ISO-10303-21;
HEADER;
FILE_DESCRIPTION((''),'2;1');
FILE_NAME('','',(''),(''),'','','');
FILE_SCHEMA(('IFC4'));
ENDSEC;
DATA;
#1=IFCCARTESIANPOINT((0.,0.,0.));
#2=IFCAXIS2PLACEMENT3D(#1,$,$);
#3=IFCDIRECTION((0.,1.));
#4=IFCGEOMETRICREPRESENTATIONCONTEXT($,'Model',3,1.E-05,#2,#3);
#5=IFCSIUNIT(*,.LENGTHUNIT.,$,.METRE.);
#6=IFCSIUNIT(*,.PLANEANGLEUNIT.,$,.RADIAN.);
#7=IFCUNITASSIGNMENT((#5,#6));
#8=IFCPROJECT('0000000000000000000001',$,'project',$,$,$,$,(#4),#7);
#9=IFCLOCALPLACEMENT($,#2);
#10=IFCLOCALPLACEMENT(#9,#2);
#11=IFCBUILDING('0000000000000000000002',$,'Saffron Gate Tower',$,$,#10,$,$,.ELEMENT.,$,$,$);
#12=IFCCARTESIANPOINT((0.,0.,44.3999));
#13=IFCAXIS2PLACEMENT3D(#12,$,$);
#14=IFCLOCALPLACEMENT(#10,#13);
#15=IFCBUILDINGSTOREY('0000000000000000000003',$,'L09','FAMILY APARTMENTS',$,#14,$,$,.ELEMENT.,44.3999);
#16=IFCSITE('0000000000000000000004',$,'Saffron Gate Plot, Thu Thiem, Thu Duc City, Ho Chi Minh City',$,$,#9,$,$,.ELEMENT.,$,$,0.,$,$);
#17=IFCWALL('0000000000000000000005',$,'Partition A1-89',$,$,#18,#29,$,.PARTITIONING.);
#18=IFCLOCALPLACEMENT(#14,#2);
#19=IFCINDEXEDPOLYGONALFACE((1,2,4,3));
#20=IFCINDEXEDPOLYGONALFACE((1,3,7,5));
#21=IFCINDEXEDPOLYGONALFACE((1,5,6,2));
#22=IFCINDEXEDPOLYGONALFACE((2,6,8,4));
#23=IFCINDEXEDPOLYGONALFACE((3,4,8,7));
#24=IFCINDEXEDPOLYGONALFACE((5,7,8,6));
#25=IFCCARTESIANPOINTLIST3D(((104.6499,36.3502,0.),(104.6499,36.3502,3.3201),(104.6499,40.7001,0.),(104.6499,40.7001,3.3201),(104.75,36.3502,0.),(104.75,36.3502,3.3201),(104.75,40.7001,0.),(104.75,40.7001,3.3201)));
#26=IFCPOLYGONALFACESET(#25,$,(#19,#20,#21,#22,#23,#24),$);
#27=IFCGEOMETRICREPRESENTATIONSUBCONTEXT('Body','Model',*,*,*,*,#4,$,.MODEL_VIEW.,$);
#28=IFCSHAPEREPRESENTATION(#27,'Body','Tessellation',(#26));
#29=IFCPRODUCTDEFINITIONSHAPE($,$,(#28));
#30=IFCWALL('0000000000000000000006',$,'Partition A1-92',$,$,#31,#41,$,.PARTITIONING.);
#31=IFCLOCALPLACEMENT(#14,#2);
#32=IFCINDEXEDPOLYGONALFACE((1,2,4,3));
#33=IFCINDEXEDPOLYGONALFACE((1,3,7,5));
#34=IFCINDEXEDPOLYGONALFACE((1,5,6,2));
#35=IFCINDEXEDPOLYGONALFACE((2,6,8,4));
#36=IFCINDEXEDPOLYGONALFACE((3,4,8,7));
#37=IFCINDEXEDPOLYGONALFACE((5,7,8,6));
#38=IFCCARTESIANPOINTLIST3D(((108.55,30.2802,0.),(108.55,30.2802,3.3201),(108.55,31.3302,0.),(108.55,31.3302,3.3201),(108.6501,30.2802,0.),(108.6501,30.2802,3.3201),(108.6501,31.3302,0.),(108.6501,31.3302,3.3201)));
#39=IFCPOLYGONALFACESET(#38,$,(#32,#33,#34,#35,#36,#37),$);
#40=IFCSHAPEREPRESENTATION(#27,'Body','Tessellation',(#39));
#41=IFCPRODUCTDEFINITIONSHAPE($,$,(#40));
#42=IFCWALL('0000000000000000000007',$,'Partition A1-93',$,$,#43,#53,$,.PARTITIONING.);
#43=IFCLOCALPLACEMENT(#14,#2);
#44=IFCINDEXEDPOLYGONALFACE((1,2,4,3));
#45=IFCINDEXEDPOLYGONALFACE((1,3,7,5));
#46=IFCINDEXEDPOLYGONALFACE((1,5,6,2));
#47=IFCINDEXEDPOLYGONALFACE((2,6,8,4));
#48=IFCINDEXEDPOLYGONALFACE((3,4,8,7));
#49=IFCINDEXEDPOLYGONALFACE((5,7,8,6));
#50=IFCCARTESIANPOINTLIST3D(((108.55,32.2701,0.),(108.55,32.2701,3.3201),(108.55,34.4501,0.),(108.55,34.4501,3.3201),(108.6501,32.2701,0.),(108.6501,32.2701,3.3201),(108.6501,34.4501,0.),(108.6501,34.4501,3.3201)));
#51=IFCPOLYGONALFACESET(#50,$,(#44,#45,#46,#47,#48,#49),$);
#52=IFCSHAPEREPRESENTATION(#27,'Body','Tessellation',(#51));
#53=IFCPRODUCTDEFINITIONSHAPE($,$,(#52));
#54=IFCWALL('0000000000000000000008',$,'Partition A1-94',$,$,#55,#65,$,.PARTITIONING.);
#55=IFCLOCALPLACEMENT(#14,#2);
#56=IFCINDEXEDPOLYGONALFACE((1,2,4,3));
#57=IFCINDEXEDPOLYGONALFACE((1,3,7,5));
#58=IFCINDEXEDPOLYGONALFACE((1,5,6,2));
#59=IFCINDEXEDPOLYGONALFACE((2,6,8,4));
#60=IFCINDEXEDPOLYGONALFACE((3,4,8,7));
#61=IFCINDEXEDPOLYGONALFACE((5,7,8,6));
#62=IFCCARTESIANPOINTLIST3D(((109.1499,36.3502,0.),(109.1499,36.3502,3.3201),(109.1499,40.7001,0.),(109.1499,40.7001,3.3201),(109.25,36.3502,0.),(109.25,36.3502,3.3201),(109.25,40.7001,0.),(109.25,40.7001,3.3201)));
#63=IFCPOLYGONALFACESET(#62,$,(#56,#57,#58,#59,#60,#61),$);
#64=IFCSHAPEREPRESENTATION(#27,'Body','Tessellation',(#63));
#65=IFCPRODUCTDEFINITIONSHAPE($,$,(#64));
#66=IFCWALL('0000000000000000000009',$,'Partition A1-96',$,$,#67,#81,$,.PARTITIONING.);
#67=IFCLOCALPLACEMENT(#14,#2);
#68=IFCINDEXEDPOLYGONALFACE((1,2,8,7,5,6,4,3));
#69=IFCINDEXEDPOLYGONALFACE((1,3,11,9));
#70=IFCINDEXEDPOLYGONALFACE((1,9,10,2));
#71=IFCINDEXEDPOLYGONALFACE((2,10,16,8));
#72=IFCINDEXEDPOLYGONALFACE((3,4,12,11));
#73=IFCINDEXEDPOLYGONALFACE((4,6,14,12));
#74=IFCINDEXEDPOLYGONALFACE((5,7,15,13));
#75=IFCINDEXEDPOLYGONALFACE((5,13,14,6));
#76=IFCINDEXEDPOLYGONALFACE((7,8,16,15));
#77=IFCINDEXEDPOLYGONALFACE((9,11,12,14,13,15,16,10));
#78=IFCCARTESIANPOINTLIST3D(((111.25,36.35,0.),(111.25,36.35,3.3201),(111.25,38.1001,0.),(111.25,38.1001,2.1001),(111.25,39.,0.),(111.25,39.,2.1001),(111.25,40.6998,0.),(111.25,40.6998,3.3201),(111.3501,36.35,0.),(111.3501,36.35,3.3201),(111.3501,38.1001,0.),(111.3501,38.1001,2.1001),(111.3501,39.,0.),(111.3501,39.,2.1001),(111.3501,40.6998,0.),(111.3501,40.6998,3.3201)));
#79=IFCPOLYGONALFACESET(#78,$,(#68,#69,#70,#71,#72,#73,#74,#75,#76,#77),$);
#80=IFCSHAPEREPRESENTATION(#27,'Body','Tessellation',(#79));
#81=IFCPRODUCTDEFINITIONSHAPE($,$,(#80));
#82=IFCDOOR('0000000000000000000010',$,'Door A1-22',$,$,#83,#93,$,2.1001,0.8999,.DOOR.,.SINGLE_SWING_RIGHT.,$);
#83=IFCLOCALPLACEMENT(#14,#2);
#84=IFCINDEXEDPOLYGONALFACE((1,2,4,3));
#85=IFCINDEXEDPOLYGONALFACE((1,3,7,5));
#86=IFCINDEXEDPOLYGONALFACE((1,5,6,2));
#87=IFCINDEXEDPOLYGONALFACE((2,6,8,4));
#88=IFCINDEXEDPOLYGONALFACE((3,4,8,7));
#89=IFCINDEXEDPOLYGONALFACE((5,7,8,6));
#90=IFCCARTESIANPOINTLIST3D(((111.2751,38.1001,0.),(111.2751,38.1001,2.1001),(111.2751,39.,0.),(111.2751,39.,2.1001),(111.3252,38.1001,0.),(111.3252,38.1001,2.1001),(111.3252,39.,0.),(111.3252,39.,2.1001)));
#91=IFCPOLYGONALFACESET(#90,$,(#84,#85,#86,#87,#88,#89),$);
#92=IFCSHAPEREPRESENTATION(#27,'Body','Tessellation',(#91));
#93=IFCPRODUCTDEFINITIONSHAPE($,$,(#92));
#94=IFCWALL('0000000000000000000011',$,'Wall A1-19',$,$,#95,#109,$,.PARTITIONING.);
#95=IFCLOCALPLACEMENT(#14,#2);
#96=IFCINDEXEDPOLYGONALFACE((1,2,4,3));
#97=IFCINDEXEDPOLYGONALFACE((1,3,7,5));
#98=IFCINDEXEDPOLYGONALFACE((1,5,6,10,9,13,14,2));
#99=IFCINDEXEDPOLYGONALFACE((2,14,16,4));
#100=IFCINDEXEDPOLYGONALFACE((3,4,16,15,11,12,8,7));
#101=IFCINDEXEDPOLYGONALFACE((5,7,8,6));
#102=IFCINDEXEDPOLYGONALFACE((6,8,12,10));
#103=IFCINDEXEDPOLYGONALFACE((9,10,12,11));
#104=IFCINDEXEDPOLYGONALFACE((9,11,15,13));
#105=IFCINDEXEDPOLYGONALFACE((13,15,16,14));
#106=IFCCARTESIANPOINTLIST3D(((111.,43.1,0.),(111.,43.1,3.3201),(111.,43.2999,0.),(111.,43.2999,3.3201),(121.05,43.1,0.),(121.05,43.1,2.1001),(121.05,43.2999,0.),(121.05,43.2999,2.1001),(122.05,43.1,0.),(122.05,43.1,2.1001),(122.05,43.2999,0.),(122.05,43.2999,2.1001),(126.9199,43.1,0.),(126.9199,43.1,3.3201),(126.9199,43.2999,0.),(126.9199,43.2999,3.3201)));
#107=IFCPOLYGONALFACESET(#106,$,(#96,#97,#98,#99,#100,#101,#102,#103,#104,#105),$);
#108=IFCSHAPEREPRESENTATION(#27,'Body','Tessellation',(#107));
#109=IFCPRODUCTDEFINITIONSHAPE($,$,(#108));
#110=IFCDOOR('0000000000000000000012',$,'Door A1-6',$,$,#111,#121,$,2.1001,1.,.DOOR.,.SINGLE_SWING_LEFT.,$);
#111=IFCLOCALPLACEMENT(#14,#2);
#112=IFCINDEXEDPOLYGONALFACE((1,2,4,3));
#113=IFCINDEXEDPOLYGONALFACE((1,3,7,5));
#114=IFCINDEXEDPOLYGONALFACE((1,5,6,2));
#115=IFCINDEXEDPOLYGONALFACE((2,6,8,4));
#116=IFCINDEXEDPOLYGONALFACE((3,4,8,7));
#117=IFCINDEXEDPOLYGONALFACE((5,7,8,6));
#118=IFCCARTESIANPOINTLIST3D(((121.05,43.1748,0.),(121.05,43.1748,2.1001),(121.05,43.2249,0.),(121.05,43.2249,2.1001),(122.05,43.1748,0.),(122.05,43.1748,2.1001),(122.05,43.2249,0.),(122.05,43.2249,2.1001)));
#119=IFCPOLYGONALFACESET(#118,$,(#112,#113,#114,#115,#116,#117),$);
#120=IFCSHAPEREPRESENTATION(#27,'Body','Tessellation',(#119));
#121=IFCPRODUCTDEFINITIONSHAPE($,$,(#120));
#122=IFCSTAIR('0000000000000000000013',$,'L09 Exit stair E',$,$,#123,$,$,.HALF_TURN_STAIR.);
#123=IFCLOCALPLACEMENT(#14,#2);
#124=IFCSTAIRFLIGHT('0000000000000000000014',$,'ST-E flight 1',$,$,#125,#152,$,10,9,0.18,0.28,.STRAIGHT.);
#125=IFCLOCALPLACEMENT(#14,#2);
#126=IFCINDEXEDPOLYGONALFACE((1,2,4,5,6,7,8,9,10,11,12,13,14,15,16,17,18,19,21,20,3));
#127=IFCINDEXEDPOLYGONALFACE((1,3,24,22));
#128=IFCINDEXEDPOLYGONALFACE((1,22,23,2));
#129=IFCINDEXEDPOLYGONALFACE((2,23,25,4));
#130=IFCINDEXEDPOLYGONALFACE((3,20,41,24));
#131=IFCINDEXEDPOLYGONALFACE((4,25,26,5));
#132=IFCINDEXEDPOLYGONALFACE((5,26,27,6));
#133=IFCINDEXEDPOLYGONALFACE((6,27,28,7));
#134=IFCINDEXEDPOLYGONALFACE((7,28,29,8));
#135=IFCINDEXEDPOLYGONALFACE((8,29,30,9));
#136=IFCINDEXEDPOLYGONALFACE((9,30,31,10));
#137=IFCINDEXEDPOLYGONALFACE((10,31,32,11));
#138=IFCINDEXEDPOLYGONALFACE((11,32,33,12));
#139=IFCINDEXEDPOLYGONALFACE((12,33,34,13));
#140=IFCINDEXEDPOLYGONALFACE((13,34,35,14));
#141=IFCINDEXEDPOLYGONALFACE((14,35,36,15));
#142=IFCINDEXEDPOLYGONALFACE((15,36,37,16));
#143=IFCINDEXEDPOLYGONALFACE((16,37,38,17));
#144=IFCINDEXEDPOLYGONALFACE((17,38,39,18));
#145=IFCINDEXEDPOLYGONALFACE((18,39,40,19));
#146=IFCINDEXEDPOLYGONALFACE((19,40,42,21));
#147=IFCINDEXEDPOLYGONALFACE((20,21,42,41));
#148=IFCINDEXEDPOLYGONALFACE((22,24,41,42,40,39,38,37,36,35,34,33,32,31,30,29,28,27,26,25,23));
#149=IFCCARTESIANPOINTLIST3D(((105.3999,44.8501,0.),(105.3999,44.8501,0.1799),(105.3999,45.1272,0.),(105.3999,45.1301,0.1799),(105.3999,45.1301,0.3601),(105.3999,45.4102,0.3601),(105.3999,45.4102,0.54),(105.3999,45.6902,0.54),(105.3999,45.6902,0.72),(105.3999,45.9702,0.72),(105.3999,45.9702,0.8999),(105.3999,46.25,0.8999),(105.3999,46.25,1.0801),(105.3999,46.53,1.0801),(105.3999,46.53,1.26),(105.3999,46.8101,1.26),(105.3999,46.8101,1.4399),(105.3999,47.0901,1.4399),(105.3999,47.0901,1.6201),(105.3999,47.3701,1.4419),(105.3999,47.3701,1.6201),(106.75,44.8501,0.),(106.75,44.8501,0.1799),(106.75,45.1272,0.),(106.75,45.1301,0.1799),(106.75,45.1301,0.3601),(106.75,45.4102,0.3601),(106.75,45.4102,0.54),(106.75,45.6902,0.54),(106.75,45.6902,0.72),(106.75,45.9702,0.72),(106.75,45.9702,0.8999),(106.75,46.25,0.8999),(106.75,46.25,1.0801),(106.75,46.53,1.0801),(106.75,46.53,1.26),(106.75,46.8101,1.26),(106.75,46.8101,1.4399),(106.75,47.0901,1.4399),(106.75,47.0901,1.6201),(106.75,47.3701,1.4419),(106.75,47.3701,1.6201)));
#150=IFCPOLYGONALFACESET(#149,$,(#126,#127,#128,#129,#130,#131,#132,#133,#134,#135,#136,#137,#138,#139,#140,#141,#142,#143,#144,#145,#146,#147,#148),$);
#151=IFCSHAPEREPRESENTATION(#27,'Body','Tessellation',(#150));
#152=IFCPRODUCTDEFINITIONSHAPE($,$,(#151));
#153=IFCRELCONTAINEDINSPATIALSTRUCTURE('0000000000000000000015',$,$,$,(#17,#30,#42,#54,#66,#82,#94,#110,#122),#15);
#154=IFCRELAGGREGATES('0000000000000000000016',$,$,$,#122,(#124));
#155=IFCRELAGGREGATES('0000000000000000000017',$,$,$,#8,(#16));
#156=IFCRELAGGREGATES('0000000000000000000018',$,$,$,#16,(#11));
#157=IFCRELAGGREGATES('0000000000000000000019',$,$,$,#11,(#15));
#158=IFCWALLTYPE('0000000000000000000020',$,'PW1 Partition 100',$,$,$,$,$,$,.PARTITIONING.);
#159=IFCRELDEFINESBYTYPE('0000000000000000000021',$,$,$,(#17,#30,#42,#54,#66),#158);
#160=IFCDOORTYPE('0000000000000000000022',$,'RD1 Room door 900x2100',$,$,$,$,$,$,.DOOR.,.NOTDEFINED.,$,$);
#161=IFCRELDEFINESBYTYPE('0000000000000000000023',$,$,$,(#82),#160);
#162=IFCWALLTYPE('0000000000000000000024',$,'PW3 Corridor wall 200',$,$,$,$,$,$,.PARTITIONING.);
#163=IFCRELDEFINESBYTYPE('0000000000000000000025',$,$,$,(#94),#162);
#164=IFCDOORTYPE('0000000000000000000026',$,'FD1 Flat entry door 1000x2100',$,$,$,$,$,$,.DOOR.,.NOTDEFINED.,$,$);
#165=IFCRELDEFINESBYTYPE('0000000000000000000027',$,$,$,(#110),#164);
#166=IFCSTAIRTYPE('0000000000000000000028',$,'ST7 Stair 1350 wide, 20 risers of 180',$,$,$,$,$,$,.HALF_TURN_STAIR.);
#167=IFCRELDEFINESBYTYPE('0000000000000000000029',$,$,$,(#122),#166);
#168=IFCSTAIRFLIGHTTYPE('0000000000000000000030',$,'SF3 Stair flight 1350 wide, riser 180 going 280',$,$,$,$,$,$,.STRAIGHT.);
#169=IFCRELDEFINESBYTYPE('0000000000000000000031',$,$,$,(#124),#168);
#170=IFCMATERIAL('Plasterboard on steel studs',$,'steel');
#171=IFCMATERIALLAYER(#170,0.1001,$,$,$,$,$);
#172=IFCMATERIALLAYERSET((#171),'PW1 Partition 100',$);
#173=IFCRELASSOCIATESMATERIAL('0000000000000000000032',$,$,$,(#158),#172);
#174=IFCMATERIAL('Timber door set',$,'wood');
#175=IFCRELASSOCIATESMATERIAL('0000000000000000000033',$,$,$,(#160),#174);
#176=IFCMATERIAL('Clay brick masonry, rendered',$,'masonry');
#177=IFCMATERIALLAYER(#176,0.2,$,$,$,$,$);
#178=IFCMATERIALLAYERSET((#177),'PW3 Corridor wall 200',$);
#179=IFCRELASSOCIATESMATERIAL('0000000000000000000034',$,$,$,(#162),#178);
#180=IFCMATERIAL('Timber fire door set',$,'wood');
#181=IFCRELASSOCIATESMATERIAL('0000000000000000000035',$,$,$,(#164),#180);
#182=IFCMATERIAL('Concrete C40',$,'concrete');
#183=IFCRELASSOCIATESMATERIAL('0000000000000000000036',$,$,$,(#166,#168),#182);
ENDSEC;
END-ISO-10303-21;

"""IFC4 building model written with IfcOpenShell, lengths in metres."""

from ifc_helpers import new_model, si_unit, direction, frame, frame_2d, origin, place, context, subcontext, project, spatial, polyline, rectangle, outline, extrude, material, layer, layer_set, type_object, element, fill, aggregate, save


model = new_model("IFC4")

# Units and contexts
model_context = context("Model", 3, precision=1e-05, world=origin(), true_north=direction((0.0, 1.0)))
body_context = subcontext(model_context, "Body", "Model", "MODEL_VIEW")
ifc_project = project(units=[si_unit("LENGTHUNIT", "METRE"), si_unit("PLANEANGLEUNIT", "RADIAN")], contexts=[model_context])

# Site, building, storey
site_placement = place(None, origin())
site = spatial("IfcSite", under=ifc_project, at=site_placement, Name="Saffron Gate Plot, Thu Thiem, Thu Duc City, Ho Chi Minh City", CompositionType="ELEMENT", RefElevation=0.0)
building_placement = place(site_placement, origin())
building = spatial("IfcBuilding", under=site, at=building_placement, Name="Saffron Gate Tower", CompositionType="ELEMENT")
storey_placement = place(building_placement, frame((0.0, 0.0, 44.3999)))
storey = spatial("IfcBuildingStorey", under=building, at=storey_placement, Name="L09", Description="FAMILY APARTMENTS", CompositionType="ELEMENT", Elevation=44.3999)

# Walls
ifc_material_1 = material(Name="Plasterboard on steel studs", Category="steel")
ifc_layer_1 = layer(ifc_material_1, 0.1001)
ifc_layer_set_1 = layer_set([ifc_layer_1], Name="PW1 Partition 100")
wall_type_1 = type_object("IfcWallType", Name="PW1 Partition 100", PredefinedType="PARTITIONING", material=ifc_layer_set_1)
wall_1_placement = place(storey_placement, frame((104.7, 40.7, 0.0), z_axis=(0.0, 0.0, 1.0), x_axis=(0.0, -1.0, 0.0)))
element("IfcWall", 1, at=wall_1_placement, inside=storey, type_object=wall_type_1, Name="Partition A1-89", PredefinedType="PARTITIONING", context=body_context, shape_type="SweptSolid", body=[
    extrude(rectangle(XDim=4.3499, YDim=0.1001, at=frame_2d((2.1748, 0.0))), origin(), (0.0, 0.0, 1.0), 3.3201),
])
wall_2_placement = place(storey_placement, frame((108.6001, 31.3301, 0.0), z_axis=(0.0, 0.0, 1.0), x_axis=(0.0, -1.0, 0.0)))
element("IfcWall", 2, at=wall_2_placement, inside=storey, type_object=wall_type_1, Name="Partition A1-92", PredefinedType="PARTITIONING", context=body_context, shape_type="SweptSolid", body=[
    extrude(rectangle(XDim=1.05, YDim=0.1001, at=frame_2d((0.5249, 0.0))), origin(), (0.0, 0.0, 1.0), 3.3201),
])
wall_3_placement = place(storey_placement, frame((108.6001, 34.45, 0.0), z_axis=(0.0, 0.0, 1.0), x_axis=(0.0, -1.0, 0.0)))
element("IfcWall", 3, at=wall_3_placement, inside=storey, type_object=wall_type_1, Name="Partition A1-93", PredefinedType="PARTITIONING", context=body_context, shape_type="SweptSolid", body=[
    extrude(rectangle(XDim=2.1799, YDim=0.1001, at=frame_2d((1.0898, 0.0))), origin(), (0.0, 0.0, 1.0), 3.3201),
])
wall_4_placement = place(storey_placement, frame((109.2, 40.7, 0.0), z_axis=(0.0, 0.0, 1.0), x_axis=(0.0, -1.0, 0.0)))
element("IfcWall", 4, at=wall_4_placement, inside=storey, type_object=wall_type_1, Name="Partition A1-94", PredefinedType="PARTITIONING", context=body_context, shape_type="SweptSolid", body=[
    extrude(rectangle(XDim=4.3499, YDim=0.1001, at=frame_2d((2.1748, 0.0))), origin(), (0.0, 0.0, 1.0), 3.3201),
])

# Walls, openings, doors
wall_5_placement = place(storey_placement, frame((111.3, 36.3501, 0.0), z_axis=(0.0, 0.0, 1.0), x_axis=(0.0, 1.0, 0.0)))
wall_5 = element("IfcWall", 5, at=wall_5_placement, inside=storey, type_object=wall_type_1, Name="Partition A1-96", PredefinedType="PARTITIONING", context=body_context, shape_type="SweptSolid", body=[
    extrude(rectangle(XDim=4.3499, YDim=0.1001, at=frame_2d((2.1748, 0.0))), origin(), (0.0, 0.0, 1.0), 3.3201),
])
opening_1_placement = place(wall_5_placement, frame((1.75, 0.0, 0.0)))
opening_1 = element("IfcOpeningElement", 6, at=opening_1_placement, cuts=wall_5, PredefinedType="OPENING", context=body_context, shape_type="SweptSolid", body=[
    extrude(rectangle(XDim=0.8999, YDim=2.1001, at=frame_2d((0.45, 1.05))), frame((0.0, 0.0601, 0.0), z_axis=(0.0, -1.0, 0.0), x_axis=(1.0, 0.0, 0.0)), (0.0, 0.0, 1.0), 0.1201),
])
ifc_material_2 = material(Name="Timber door set", Category="wood")
door_type_1 = type_object("IfcDoorType", Name="RD1 Room door 900x2100", OperationType="NOTDEFINED", PredefinedType="DOOR", material=ifc_material_2)
door_1_placement = place(opening_1_placement, origin())
door_1 = element("IfcDoor", 7, at=door_1_placement, inside=storey, type_object=door_type_1, Name="Door A1-22", OperationType="SINGLE_SWING_RIGHT", OverallHeight=2.1001, OverallWidth=0.8999, PredefinedType="DOOR", context=body_context, shape_type="SweptSolid", body=[
    extrude(rectangle(XDim=0.8999, YDim=2.1001, at=frame_2d((0.45, 1.05))), frame((0.0, 0.0249, 0.0), z_axis=(0.0, -1.0, 0.0), x_axis=(1.0, 0.0, 0.0)), (0.0, 0.0, 1.0), 0.05),
])
fill(opening_1, door_1)
ifc_material_3 = material(Name="Clay brick masonry, rendered", Category="masonry")
ifc_layer_2 = layer(ifc_material_3, 0.2)
ifc_layer_set_2 = layer_set([ifc_layer_2], Name="PW3 Corridor wall 200")
wall_type_2 = type_object("IfcWallType", Name="PW3 Corridor wall 200", PredefinedType="PARTITIONING", material=ifc_layer_set_2)
wall_6_placement = place(storey_placement, frame((111.0, 43.2, 0.0), z_axis=(0.0, 0.0, 1.0), x_axis=(1.0, 0.0, 0.0)))
wall_6 = element("IfcWall", 8, at=wall_6_placement, inside=storey, type_object=wall_type_2, Name="Wall A1-19", PredefinedType="PARTITIONING", context=body_context, shape_type="SweptSolid", body=[
    extrude(rectangle(XDim=15.9199, YDim=0.2, at=frame_2d((7.96, 0.0))), origin(), (0.0, 0.0, 1.0), 3.3201),
])
opening_2_placement = place(wall_6_placement, frame((10.05, 0.0, 0.0)))
opening_2 = element("IfcOpeningElement", 9, at=opening_2_placement, cuts=wall_6, PredefinedType="OPENING", context=body_context, shape_type="SweptSolid", body=[
    extrude(rectangle(XDim=1.0, YDim=2.1001, at=frame_2d((0.5, 1.05))), frame((0.0, 0.1099, 0.0), z_axis=(0.0, -1.0, 0.0), x_axis=(1.0, 0.0, 0.0)), (0.0, 0.0, 1.0), 0.22),
])
ifc_material_4 = material(Name="Timber fire door set", Category="wood")
door_type_2 = type_object("IfcDoorType", Name="FD1 Flat entry door 1000x2100", OperationType="NOTDEFINED", PredefinedType="DOOR", material=ifc_material_4)
door_2_placement = place(opening_2_placement, origin())
door_2 = element("IfcDoor", 10, at=door_2_placement, inside=storey, type_object=door_type_2, Name="Door A1-6", OperationType="SINGLE_SWING_LEFT", OverallHeight=2.1001, OverallWidth=1.0, PredefinedType="DOOR", context=body_context, shape_type="SweptSolid", body=[
    extrude(rectangle(XDim=1.0, YDim=2.1001, at=frame_2d((0.5, 1.05))), frame((0.0, 0.0249, 0.0), z_axis=(0.0, -1.0, 0.0), x_axis=(1.0, 0.0, 0.0)), (0.0, 0.0, 1.0), 0.05),
])
fill(opening_2, door_2)

# Stair, stair flight
ifc_material_5 = material(Name="Concrete C40", Category="concrete")
stair_type = type_object("IfcStairType", Name="ST7 Stair 1350 wide, 20 risers of 180", PredefinedType="HALF_TURN_STAIR", material=ifc_material_5)
stair_placement = place(storey_placement, origin())
stair = element("IfcStair", 11, at=stair_placement, inside=storey, type_object=stair_type, Name="L09 Exit stair E", PredefinedType="HALF_TURN_STAIR")
stair_flight_type = type_object("IfcStairFlightType", Name="SF3 Stair flight 1350 wide, riser 180 going 280", PredefinedType="STRAIGHT", material=ifc_material_5)
stair_flight_1_placement = place(storey_placement, frame((106.075, 44.8501, 0.0), z_axis=(0.0, 0.0, 1.0), x_axis=(0.0, 1.0, 0.0)))
stair_flight_1 = element("IfcStairFlight", 12, at=stair_flight_1_placement, type_object=stair_flight_type, Name="ST-E flight 1", NumberOfRisers=10, NumberOfTreads=9, PredefinedType="STRAIGHT", RiserHeight=0.18, TreadLength=0.28, context=body_context, shape_type="SweptSolid", body=[
    extrude(outline(polyline([(0.0, 0.0), (0.0, 0.1799), (0.28, 0.1799), (0.28, 0.3601), (0.5601, 0.3601), (0.5601, 0.54), (0.8401, 0.54), (0.8401, 0.72), (1.1201, 0.72), (1.1201, 0.8999), (1.3999, 0.8999), (1.3999, 1.0801), (1.6799, 1.0801), (1.6799, 1.26), (1.96, 1.26), (1.96, 1.4399), (2.24, 1.4399), (2.24, 1.6201), (2.52, 1.6201), (2.52, 1.8), (2.52, 1.4419), (0.2771, 0.0), (0.0, 0.0)])), frame((0.0, 0.675, 0.0), z_axis=(0.0, -1.0, 0.0), x_axis=(1.0, 0.0, 0.0)), (0.0, 0.0, 1.0), 1.3501),
])
aggregate(stair, [stair_flight_1])

save(model, "model.ifc")
